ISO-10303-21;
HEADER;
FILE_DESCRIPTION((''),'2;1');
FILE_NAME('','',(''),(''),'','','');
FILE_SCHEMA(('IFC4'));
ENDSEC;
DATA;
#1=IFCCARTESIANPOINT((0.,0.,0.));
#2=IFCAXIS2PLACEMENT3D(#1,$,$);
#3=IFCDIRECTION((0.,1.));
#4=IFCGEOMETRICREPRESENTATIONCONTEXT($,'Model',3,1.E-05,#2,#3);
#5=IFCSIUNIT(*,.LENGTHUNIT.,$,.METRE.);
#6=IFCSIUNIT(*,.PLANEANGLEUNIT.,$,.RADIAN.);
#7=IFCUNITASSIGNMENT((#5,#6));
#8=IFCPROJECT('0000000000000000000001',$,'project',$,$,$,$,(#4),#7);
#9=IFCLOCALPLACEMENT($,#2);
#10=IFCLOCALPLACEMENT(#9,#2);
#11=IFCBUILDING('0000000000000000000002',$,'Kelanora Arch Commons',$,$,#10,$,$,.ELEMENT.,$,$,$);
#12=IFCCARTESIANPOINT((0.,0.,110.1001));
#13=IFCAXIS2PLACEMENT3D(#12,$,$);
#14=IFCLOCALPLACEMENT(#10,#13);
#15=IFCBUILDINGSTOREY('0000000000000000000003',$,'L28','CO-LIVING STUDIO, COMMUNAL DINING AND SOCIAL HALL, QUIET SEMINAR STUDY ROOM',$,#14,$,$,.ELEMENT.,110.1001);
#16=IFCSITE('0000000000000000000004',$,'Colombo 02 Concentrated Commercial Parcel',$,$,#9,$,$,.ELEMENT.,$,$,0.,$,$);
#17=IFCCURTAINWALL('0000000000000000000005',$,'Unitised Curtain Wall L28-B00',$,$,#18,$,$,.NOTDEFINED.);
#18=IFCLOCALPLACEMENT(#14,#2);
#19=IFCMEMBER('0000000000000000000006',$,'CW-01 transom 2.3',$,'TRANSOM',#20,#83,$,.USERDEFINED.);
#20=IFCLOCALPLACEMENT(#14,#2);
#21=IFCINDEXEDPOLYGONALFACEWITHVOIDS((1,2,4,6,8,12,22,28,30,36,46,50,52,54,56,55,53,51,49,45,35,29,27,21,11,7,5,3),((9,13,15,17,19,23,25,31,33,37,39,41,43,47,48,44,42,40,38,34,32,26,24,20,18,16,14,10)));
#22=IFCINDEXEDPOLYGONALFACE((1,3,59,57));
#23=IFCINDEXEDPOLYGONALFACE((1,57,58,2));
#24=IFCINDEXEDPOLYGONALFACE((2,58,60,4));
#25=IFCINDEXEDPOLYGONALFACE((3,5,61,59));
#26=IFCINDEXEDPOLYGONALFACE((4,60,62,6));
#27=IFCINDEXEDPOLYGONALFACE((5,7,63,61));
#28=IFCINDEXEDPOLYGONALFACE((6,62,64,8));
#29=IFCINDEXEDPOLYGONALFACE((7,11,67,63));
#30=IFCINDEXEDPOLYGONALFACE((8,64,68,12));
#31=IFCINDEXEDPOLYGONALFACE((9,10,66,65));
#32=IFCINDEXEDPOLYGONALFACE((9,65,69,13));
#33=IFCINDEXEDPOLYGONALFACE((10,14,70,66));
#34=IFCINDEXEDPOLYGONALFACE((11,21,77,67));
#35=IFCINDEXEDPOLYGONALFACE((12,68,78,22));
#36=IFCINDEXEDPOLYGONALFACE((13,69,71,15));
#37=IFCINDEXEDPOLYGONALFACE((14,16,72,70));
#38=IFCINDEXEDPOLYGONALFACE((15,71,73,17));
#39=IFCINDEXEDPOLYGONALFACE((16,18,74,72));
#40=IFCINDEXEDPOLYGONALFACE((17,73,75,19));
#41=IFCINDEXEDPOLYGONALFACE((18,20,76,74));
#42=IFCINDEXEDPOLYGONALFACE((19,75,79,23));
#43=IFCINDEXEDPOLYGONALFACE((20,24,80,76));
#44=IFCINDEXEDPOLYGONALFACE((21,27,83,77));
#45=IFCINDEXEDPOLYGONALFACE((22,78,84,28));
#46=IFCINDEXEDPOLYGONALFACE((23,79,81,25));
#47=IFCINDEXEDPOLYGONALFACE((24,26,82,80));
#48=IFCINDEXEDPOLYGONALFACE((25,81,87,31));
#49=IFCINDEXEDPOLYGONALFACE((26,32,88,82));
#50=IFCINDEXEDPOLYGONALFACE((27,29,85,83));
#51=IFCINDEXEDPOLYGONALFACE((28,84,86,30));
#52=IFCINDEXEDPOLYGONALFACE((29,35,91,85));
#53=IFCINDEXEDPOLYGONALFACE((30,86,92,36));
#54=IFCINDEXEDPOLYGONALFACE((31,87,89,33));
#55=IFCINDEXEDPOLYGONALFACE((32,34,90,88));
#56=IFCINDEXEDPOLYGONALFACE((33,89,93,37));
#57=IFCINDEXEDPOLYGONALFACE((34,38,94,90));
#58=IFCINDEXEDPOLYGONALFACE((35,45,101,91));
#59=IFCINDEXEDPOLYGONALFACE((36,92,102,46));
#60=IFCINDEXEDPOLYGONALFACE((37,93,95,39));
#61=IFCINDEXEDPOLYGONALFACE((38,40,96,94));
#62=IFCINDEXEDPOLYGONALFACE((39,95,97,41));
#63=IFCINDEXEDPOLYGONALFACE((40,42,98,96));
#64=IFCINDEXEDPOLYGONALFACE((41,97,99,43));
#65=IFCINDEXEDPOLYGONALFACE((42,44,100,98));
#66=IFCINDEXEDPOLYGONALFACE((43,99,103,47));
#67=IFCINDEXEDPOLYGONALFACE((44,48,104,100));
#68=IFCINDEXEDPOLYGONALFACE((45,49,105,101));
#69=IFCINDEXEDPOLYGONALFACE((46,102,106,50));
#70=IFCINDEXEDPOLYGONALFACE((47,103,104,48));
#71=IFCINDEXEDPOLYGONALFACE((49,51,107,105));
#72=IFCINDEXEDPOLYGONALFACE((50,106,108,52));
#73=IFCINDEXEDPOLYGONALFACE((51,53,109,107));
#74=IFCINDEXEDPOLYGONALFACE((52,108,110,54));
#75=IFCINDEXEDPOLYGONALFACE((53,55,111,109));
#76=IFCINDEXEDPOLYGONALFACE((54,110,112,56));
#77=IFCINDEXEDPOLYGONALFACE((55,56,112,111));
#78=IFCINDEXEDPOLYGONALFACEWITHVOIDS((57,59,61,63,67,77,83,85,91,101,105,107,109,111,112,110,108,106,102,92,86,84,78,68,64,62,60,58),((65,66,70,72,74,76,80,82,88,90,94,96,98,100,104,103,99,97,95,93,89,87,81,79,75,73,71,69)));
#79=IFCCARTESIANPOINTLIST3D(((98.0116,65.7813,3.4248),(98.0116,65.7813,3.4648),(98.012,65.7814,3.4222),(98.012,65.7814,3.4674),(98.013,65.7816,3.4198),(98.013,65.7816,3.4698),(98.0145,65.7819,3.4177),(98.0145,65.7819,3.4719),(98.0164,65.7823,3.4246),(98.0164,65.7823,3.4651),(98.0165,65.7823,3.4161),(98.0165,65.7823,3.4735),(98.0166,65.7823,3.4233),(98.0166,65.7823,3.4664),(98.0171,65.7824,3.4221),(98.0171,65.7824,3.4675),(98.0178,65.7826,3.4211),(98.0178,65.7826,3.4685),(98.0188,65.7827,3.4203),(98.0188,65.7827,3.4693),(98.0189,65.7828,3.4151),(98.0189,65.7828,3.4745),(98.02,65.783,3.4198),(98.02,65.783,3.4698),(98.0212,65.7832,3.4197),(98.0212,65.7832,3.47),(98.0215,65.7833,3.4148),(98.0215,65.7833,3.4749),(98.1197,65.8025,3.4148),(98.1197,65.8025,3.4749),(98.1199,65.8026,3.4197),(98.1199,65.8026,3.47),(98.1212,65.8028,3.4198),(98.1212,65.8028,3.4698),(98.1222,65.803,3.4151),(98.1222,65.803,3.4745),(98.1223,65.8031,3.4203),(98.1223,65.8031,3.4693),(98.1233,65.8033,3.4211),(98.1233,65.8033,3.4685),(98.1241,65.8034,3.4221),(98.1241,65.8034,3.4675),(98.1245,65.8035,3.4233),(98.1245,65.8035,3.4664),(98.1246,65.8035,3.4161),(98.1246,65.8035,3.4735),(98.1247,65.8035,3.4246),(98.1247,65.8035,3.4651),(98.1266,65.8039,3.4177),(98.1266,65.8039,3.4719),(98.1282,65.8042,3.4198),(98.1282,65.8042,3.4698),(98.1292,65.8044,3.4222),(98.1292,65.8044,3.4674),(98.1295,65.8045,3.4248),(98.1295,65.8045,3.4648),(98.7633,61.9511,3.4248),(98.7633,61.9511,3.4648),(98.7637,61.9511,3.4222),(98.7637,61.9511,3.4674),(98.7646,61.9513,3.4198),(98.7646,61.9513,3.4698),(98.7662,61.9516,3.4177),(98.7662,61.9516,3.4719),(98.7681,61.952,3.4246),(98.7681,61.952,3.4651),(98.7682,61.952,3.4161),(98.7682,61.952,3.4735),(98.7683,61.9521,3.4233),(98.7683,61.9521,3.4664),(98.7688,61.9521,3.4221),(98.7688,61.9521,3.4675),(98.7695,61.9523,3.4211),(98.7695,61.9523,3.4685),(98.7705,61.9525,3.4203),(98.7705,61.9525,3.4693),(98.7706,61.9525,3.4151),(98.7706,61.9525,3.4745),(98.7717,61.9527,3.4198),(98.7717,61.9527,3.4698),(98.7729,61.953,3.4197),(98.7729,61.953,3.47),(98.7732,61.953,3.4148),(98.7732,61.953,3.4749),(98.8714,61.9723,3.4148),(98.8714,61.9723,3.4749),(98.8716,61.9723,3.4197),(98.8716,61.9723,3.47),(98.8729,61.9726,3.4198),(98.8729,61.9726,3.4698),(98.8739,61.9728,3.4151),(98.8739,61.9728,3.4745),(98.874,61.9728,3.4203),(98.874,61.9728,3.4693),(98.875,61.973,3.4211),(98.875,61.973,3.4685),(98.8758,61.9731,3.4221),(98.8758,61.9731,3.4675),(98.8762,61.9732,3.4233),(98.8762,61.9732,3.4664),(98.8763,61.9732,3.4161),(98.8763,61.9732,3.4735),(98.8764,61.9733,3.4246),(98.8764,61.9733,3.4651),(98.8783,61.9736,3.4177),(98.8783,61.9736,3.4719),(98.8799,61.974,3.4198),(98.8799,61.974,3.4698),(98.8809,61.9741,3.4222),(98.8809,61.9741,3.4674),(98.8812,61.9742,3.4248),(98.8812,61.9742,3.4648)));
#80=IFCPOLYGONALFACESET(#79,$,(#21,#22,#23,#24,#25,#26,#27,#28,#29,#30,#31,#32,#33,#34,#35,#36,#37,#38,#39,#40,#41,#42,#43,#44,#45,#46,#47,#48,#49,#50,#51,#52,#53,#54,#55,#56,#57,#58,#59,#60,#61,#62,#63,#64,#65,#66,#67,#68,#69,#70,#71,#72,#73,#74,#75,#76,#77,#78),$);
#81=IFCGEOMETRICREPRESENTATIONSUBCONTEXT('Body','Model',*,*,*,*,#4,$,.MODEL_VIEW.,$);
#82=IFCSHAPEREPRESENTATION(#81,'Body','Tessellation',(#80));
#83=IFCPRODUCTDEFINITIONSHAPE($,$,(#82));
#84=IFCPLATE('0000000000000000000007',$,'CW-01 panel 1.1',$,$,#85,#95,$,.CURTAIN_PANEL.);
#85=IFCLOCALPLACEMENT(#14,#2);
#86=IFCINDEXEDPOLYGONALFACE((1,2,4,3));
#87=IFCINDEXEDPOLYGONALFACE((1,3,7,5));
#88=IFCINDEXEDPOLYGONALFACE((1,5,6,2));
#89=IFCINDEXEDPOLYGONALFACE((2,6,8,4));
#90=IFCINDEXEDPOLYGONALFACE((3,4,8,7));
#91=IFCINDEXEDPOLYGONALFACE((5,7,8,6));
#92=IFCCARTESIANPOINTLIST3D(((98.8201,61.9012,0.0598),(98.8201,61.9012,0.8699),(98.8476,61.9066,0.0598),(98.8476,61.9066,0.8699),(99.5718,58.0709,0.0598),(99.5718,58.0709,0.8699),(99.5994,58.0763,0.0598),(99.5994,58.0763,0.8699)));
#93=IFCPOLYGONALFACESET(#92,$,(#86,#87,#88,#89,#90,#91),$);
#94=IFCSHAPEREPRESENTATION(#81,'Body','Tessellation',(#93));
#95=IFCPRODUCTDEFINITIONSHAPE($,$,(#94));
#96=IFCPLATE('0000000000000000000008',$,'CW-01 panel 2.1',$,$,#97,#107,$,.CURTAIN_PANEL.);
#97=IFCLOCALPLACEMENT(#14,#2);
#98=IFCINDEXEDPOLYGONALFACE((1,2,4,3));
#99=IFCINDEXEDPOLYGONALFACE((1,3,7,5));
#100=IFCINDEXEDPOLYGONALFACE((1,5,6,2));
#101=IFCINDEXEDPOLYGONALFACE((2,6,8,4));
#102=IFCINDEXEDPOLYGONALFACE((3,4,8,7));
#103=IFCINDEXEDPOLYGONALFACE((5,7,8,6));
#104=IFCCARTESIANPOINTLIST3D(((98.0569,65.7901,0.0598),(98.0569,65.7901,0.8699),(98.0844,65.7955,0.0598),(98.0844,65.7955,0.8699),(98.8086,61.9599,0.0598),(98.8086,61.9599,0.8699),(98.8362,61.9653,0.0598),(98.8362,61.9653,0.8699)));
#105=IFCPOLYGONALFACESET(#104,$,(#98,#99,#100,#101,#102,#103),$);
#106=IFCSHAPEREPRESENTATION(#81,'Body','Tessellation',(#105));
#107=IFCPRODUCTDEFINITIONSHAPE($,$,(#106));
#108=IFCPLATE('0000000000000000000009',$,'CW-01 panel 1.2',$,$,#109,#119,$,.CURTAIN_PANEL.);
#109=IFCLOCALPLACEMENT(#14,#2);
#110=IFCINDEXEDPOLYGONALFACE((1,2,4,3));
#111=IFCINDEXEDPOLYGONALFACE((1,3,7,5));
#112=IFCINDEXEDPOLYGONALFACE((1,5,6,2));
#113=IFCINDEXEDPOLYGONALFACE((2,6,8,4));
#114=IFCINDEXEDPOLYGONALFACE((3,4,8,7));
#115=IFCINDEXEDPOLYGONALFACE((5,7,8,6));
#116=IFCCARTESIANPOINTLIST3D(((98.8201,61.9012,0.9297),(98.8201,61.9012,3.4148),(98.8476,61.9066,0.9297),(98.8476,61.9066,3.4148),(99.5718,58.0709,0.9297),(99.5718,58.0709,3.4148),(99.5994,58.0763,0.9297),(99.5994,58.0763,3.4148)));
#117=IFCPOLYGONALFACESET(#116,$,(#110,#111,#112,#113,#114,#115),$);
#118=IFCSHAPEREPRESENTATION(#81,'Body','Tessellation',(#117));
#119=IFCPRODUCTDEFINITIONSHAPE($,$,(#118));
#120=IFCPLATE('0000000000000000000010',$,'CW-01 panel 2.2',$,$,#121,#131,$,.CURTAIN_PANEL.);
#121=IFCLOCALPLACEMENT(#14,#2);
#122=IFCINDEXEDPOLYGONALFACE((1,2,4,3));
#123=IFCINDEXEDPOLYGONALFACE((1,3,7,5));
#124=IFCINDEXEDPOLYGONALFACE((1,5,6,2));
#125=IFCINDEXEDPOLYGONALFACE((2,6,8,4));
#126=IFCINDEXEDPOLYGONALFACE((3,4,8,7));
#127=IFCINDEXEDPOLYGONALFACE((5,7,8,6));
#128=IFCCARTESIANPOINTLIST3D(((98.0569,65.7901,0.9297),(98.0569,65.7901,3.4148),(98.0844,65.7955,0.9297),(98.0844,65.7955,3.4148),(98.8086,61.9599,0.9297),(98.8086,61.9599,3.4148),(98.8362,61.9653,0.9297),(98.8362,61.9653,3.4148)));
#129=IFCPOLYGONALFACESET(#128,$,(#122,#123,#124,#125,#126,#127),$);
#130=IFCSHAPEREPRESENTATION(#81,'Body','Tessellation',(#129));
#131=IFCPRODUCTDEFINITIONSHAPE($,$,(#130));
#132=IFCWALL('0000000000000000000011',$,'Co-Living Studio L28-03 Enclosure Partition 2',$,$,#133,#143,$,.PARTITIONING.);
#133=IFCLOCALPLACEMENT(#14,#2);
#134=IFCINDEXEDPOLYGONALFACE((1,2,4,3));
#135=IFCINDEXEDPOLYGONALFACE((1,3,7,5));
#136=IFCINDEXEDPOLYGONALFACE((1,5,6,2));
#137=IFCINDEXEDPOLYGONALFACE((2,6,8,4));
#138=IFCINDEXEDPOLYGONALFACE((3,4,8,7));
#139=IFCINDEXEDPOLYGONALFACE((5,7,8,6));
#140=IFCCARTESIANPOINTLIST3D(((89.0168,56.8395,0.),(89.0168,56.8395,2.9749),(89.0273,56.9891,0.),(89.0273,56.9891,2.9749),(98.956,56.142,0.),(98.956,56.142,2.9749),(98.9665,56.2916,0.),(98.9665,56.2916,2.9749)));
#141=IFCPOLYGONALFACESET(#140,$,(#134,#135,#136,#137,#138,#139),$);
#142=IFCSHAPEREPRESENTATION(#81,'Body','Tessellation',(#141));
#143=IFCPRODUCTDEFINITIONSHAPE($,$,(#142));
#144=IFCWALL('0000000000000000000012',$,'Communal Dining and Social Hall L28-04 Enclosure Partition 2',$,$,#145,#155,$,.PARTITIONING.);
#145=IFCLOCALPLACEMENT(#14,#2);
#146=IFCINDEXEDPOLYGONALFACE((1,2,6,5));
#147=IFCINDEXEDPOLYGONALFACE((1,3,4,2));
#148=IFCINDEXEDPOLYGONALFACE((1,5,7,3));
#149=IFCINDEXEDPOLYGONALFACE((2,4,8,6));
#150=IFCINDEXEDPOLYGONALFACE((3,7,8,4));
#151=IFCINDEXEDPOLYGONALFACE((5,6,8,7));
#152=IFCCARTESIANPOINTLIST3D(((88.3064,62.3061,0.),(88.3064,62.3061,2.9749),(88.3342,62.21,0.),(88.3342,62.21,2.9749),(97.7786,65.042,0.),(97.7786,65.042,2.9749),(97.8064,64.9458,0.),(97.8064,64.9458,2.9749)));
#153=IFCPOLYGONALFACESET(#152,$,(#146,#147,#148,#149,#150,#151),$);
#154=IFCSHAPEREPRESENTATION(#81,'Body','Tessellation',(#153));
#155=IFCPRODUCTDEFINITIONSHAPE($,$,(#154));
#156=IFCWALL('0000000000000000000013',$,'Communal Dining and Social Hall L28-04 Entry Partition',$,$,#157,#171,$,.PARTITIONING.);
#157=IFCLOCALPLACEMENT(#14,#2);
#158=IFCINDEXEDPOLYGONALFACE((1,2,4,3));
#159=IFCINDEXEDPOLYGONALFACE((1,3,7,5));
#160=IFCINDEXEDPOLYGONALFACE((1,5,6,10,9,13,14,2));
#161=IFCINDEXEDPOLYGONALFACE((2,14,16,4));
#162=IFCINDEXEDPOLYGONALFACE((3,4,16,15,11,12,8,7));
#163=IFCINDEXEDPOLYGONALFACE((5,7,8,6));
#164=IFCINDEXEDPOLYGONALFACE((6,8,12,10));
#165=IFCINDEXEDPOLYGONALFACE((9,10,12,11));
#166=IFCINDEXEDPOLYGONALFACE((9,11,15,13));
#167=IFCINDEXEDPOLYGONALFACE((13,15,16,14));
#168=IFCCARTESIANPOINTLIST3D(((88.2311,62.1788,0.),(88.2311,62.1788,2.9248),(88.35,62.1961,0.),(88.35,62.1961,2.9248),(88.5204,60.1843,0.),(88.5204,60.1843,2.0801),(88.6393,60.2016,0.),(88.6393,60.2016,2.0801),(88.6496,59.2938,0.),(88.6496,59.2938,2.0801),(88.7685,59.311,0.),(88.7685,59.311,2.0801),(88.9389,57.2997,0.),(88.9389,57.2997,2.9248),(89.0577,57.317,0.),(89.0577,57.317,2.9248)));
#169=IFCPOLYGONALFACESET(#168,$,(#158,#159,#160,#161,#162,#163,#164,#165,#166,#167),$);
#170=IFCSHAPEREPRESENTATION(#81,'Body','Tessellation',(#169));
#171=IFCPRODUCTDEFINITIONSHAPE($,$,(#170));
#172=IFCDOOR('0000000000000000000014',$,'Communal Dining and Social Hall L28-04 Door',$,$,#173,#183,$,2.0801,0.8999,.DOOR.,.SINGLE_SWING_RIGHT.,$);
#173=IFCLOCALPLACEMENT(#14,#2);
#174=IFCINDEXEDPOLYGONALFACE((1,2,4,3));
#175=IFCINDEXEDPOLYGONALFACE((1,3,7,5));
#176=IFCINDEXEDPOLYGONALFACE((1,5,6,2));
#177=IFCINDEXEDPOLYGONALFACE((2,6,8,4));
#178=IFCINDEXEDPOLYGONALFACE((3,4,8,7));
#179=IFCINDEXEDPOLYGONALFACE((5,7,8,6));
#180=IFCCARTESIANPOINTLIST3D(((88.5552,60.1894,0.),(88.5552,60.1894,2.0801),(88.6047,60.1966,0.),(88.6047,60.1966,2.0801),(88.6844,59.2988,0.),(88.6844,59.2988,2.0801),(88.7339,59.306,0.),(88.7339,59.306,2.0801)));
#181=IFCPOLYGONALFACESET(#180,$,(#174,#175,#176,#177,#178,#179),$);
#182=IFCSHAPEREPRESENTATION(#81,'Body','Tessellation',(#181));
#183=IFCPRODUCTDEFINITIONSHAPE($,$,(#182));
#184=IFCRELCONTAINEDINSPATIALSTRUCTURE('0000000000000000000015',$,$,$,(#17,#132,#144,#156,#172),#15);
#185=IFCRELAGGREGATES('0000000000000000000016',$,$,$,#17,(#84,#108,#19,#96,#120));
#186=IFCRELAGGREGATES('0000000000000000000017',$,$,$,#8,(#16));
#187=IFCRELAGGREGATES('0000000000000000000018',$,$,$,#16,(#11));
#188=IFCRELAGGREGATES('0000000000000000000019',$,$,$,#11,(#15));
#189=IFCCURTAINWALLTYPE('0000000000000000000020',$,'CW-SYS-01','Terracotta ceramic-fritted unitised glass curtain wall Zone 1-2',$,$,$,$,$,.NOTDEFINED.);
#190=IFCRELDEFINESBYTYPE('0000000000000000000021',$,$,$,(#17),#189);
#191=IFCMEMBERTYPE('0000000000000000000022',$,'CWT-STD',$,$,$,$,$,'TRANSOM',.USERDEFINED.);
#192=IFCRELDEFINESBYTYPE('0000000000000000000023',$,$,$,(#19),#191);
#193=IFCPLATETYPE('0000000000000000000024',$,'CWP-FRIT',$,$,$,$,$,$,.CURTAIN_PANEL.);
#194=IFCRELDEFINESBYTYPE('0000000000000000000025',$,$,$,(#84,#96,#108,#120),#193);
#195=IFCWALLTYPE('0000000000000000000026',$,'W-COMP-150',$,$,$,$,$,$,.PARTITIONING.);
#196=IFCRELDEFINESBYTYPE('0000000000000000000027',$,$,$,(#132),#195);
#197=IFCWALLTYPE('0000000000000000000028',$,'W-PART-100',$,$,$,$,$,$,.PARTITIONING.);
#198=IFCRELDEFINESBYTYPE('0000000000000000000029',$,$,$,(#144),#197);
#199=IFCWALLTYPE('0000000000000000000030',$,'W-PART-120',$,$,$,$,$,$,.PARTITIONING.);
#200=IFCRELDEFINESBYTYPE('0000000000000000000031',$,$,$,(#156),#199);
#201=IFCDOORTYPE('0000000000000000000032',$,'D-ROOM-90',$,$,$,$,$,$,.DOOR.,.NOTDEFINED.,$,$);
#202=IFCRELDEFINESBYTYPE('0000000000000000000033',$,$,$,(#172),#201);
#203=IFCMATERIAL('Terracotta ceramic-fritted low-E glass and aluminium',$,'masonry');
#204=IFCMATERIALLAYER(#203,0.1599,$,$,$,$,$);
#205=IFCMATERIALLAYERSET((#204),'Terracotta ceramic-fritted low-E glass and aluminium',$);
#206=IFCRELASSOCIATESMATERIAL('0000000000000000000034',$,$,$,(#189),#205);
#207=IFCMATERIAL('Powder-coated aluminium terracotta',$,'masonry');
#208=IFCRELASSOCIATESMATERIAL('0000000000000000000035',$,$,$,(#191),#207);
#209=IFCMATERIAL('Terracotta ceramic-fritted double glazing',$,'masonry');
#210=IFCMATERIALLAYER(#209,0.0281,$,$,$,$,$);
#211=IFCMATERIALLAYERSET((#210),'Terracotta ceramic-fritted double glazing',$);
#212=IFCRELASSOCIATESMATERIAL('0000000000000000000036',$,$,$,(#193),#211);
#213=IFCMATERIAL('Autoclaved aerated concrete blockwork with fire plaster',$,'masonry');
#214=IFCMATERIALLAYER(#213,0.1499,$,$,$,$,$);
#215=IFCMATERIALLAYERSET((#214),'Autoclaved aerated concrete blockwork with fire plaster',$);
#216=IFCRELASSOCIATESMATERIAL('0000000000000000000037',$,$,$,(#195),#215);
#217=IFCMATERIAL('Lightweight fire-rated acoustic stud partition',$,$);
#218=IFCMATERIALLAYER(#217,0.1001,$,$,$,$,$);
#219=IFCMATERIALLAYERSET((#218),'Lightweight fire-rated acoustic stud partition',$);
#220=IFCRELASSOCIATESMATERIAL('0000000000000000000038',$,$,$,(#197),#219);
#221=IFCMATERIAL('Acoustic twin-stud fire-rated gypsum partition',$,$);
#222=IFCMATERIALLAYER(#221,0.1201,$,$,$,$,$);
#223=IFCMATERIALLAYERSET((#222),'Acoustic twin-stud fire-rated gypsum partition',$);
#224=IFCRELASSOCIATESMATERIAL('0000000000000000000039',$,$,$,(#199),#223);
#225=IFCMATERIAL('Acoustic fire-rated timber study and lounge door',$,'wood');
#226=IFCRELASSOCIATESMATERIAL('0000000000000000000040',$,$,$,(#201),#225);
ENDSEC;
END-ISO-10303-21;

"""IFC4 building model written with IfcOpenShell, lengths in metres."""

from ifc_helpers import new_model, si_unit, direction, frame, frame_2d, origin, origin_2d, place, context, subcontext, project, spatial, rectangle, hollow_rectangle, extrude, source, transform, mapped, material, layer, layer_set, material_profile, profile_set, type_object, element, fill, aggregate, save


model = new_model("IFC4")

# Units and contexts
model_context = context("Model", 3, precision=1e-05, world=origin(), true_north=direction((0.0, 1.0)))
body_context = subcontext(model_context, "Body", "Model", "MODEL_VIEW")
ifc_project = project(units=[si_unit("LENGTHUNIT", "METRE"), si_unit("PLANEANGLEUNIT", "RADIAN")], contexts=[model_context])

# Site, building, storey
site_placement = place(None, origin())
site = spatial("IfcSite", under=ifc_project, at=site_placement, Name="Colombo 02 Concentrated Commercial Parcel", CompositionType="ELEMENT", RefElevation=0.0)
building_placement = place(site_placement, origin())
building = spatial("IfcBuilding", under=site, at=building_placement, Name="Kelanora Arch Commons", CompositionType="ELEMENT")
storey_placement = place(building_placement, frame((0.0, 0.0, 110.1001)))
storey = spatial("IfcBuildingStorey", under=building, at=storey_placement, Name="L28", Description="CO-LIVING STUDIO, COMMUNAL DINING AND SOCIAL HALL, QUIET SEMINAR STUDY ROOM", CompositionType="ELEMENT", Elevation=110.1001)

# Curtain wall, member, plates
ifc_material_1 = material(Name="Terracotta ceramic-fritted low-E glass and aluminium", Category="masonry")
ifc_layer_1 = layer(ifc_material_1, 0.1599)
ifc_layer_set_1 = layer_set([ifc_layer_1], Name="Terracotta ceramic-fritted low-E glass and aluminium")
curtain_wall_type = type_object("IfcCurtainWallType", Name="CW-SYS-01", Description="Terracotta ceramic-fritted unitised glass curtain wall Zone 1-2", PredefinedType="NOTDEFINED", material=ifc_layer_set_1)
curtain_wall_placement = place(storey_placement, origin())
curtain_wall = element("IfcCurtainWall", 1, at=curtain_wall_placement, inside=storey, type_object=curtain_wall_type, Name="Unitised Curtain Wall L28-B00", PredefinedType="NOTDEFINED")
ifc_material_2 = material(Name="Powder-coated aluminium terracotta", Category="masonry")
ifc_material_profile_1 = material_profile(ifc_material_2, hollow_rectangle(XDim=0.1201, YDim=0.0601, WallThickness=0.0049, InnerFilletRadius=0.0049, OuterFilletRadius=0.01, at=origin_2d()), Name="CWT120x60")
ifc_profile_set_1 = profile_set([ifc_material_profile_1], Name="Powder-coated aluminium terracotta")
member_type_1 = type_object("IfcMemberType", Name="CWT-STD", ElementType="TRANSOM", PredefinedType="USERDEFINED", material=ifc_profile_set_1)
member_1_placement = place(storey_placement, frame((98.8223, 61.9626, 3.4448), z_axis=(-0.192579, 0.981282, 0.0), x_axis=(-0.981282, -0.192579, 0.0)))
member_1 = element("IfcMember", 2, at=member_1_placement, type_object=member_type_1, Name="CW-01 transom 2.3", ObjectType="TRANSOM", PredefinedType="USERDEFINED", context=body_context, shape_type="SweptSolid", body=[
    extrude(hollow_rectangle(XDim=0.1201, YDim=0.0601, WallThickness=0.0049, InnerFilletRadius=0.0049, OuterFilletRadius=0.01, at=origin_2d()), origin(), (0.0, 0.0, 1.0), 3.9033),
])
ifc_material_3 = material(Name="Terracotta ceramic-fritted double glazing", Category="masonry")
ifc_layer_2 = layer(ifc_material_3, 0.0281)
ifc_layer_set_2 = layer_set([ifc_layer_2], Name="Terracotta ceramic-fritted double glazing")
plate_type = type_object("IfcPlateType", Name="CWP-FRIT", PredefinedType="CURTAIN_PANEL", material=ifc_layer_set_2)
shared_shape_1 = source(origin(), body_context, "Body", "SweptSolid", [
    extrude(rectangle(XDim=3.9033, YDim=0.0281, at=origin_2d()), origin(), (0.0, 0.0, 1.0), 0.8101),
])
plate_1_placement = place(storey_placement, frame((99.2097, 59.9888, 0.0598), z_axis=(0.0, 0.0, 1.0), x_axis=(-0.192585, 0.98128, 0.0)))
plate_1 = element("IfcPlate", 3, at=plate_1_placement, type_object=plate_type, Name="CW-01 panel 1.1", PredefinedType="CURTAIN_PANEL", context=body_context, shape_type="MappedRepresentation", body=[
    mapped(shared_shape_1, transform((0.0, 0.0, 0.0), scale=1.0)),
])
plate_2_placement = place(storey_placement, frame((98.4465, 63.8777, 0.0598), z_axis=(0.0, 0.0, 1.0), x_axis=(-0.192585, 0.98128, 0.0)))
plate_2 = element("IfcPlate", 4, at=plate_2_placement, type_object=plate_type, Name="CW-01 panel 2.1", PredefinedType="CURTAIN_PANEL", context=body_context, shape_type="MappedRepresentation", body=[
    mapped(shared_shape_1, transform((0.0, 0.0, 0.0), scale=1.0)),
])
shared_shape_2 = source(origin(), body_context, "Body", "SweptSolid", [
    extrude(rectangle(XDim=3.9033, YDim=0.0281, at=origin_2d()), origin(), (0.0, 0.0, 1.0), 2.4851),
])
plate_3_placement = place(storey_placement, frame((99.2097, 59.9888, 0.9297), z_axis=(0.0, 0.0, 1.0), x_axis=(-0.192585, 0.98128, 0.0)))
plate_3 = element("IfcPlate", 5, at=plate_3_placement, type_object=plate_type, Name="CW-01 panel 1.2", PredefinedType="CURTAIN_PANEL", context=body_context, shape_type="MappedRepresentation", body=[
    mapped(shared_shape_2, transform((0.0, 0.0, 0.0), scale=1.0)),
])
plate_4_placement = place(storey_placement, frame((98.4465, 63.8777, 0.9297), z_axis=(0.0, 0.0, 1.0), x_axis=(-0.192585, 0.98128, 0.0)))
plate_4 = element("IfcPlate", 6, at=plate_4_placement, type_object=plate_type, Name="CW-01 panel 2.2", PredefinedType="CURTAIN_PANEL", context=body_context, shape_type="MappedRepresentation", body=[
    mapped(shared_shape_2, transform((0.0, 0.0, 0.0), scale=1.0)),
])
aggregate(curtain_wall, [plate_1, plate_3, member_1, plate_2, plate_4])

# Walls
ifc_material_4 = material(Name="Autoclaved aerated concrete blockwork with fire plaster", Category="masonry")
ifc_layer_3 = layer(ifc_material_4, 0.1499)
ifc_layer_set_3 = layer_set([ifc_layer_3], Name="Autoclaved aerated concrete blockwork with fire plaster")
wall_type_1 = type_object("IfcWallType", Name="W-COMP-150", PredefinedType="PARTITIONING", material=ifc_layer_set_3)
wall_1_placement = place(storey_placement, frame((89.022, 56.9143, 0.0), z_axis=(0.0, 0.0, 1.0), x_axis=(0.997547, -0.070005, 0.0)))
element("IfcWall", 7, at=wall_1_placement, inside=storey, type_object=wall_type_1, Name="Co-Living Studio L28-03 Enclosure Partition 2", PredefinedType="PARTITIONING", context=body_context, shape_type="SweptSolid", body=[
    extrude(rectangle(XDim=9.9636, YDim=0.1499, at=frame_2d((4.9819, 0.0))), origin(), (0.0, 0.0, 1.0), 2.9749),
])
ifc_material_5 = material(Name="Lightweight fire-rated acoustic stud partition")
ifc_layer_4 = layer(ifc_material_5, 0.1001)
ifc_layer_set_4 = layer_set([ifc_layer_4], Name="Lightweight fire-rated acoustic stud partition")
wall_type_2 = type_object("IfcWallType", Name="W-PART-100", PredefinedType="PARTITIONING", material=ifc_layer_set_4)
wall_2_placement = place(storey_placement, frame((88.3203, 62.2581, 0.0), z_axis=(0.0, 0.0, 1.0), x_axis=(0.960729, 0.277487, 0.0)))
element("IfcWall", 8, at=wall_2_placement, inside=storey, type_object=wall_type_2, Name="Communal Dining and Social Hall L28-04 Enclosure Partition 2", PredefinedType="PARTITIONING", context=body_context, shape_type="SweptSolid", body=[
    extrude(rectangle(XDim=9.8594, YDim=0.1001, at=frame_2d((4.9297, 0.0))), origin(), (0.0, 0.0, 1.0), 2.9749),
])

# Wall, opening, door
ifc_material_6 = material(Name="Acoustic twin-stud fire-rated gypsum partition")
ifc_layer_5 = layer(ifc_material_6, 0.1201)
ifc_layer_set_5 = layer_set([ifc_layer_5], Name="Acoustic twin-stud fire-rated gypsum partition")
wall_type_3 = type_object("IfcWallType", Name="W-PART-120", PredefinedType="PARTITIONING", material=ifc_layer_set_5)
wall_3_placement = place(storey_placement, frame((88.9983, 57.3083, 0.0), z_axis=(0.0, 0.0, 1.0), x_axis=(-0.143556, 0.989642, 0.0)))
wall_3 = element("IfcWall", 9, at=wall_3_placement, inside=storey, type_object=wall_type_3, Name="Communal Dining and Social Hall L28-04 Entry Partition", PredefinedType="PARTITIONING", context=body_context, shape_type="SweptSolid", body=[
    extrude(rectangle(XDim=4.9302, YDim=0.1201, at=frame_2d((2.4651, 0.0))), origin(), (0.0, 0.0, 1.0), 2.9248),
])
opening_1_placement = place(wall_3_placement, frame((2.0149, 0.0, 0.0)))
opening_1 = element("IfcOpeningElement", 10, at=opening_1_placement, cuts=wall_3, PredefinedType="OPENING", context=body_context, shape_type="SweptSolid", body=[
    extrude(rectangle(XDim=0.8999, YDim=2.0801, at=frame_2d((0.45, 1.04))), frame((0.0, 0.0701, 0.0), z_axis=(0.0, -1.0, 0.0), x_axis=(1.0, 0.0, 0.0)), (0.0, 0.0, 1.0), 0.1401),
])
ifc_material_7 = material(Name="Acoustic fire-rated timber study and lounge door", Category="wood")
door_type_1 = type_object("IfcDoorType", Name="D-ROOM-90", OperationType="NOTDEFINED", PredefinedType="DOOR", material=ifc_material_7)
door_1_placement = place(opening_1_placement, origin())
door_1 = element("IfcDoor", 11, at=door_1_placement, inside=storey, type_object=door_type_1, Name="Communal Dining and Social Hall L28-04 Door", OperationType="SINGLE_SWING_RIGHT", OverallHeight=2.0801, OverallWidth=0.8999, PredefinedType="DOOR", context=body_context, shape_type="SweptSolid", body=[
    extrude(rectangle(XDim=0.8999, YDim=2.0801, at=frame_2d((0.45, 1.04))), frame((0.0, 0.0249, 0.0), z_axis=(0.0, -1.0, 0.0), x_axis=(1.0, 0.0, 0.0)), (0.0, 0.0, 1.0), 0.05),
])
fill(opening_1, door_1)

save(model, "model.ifc")
